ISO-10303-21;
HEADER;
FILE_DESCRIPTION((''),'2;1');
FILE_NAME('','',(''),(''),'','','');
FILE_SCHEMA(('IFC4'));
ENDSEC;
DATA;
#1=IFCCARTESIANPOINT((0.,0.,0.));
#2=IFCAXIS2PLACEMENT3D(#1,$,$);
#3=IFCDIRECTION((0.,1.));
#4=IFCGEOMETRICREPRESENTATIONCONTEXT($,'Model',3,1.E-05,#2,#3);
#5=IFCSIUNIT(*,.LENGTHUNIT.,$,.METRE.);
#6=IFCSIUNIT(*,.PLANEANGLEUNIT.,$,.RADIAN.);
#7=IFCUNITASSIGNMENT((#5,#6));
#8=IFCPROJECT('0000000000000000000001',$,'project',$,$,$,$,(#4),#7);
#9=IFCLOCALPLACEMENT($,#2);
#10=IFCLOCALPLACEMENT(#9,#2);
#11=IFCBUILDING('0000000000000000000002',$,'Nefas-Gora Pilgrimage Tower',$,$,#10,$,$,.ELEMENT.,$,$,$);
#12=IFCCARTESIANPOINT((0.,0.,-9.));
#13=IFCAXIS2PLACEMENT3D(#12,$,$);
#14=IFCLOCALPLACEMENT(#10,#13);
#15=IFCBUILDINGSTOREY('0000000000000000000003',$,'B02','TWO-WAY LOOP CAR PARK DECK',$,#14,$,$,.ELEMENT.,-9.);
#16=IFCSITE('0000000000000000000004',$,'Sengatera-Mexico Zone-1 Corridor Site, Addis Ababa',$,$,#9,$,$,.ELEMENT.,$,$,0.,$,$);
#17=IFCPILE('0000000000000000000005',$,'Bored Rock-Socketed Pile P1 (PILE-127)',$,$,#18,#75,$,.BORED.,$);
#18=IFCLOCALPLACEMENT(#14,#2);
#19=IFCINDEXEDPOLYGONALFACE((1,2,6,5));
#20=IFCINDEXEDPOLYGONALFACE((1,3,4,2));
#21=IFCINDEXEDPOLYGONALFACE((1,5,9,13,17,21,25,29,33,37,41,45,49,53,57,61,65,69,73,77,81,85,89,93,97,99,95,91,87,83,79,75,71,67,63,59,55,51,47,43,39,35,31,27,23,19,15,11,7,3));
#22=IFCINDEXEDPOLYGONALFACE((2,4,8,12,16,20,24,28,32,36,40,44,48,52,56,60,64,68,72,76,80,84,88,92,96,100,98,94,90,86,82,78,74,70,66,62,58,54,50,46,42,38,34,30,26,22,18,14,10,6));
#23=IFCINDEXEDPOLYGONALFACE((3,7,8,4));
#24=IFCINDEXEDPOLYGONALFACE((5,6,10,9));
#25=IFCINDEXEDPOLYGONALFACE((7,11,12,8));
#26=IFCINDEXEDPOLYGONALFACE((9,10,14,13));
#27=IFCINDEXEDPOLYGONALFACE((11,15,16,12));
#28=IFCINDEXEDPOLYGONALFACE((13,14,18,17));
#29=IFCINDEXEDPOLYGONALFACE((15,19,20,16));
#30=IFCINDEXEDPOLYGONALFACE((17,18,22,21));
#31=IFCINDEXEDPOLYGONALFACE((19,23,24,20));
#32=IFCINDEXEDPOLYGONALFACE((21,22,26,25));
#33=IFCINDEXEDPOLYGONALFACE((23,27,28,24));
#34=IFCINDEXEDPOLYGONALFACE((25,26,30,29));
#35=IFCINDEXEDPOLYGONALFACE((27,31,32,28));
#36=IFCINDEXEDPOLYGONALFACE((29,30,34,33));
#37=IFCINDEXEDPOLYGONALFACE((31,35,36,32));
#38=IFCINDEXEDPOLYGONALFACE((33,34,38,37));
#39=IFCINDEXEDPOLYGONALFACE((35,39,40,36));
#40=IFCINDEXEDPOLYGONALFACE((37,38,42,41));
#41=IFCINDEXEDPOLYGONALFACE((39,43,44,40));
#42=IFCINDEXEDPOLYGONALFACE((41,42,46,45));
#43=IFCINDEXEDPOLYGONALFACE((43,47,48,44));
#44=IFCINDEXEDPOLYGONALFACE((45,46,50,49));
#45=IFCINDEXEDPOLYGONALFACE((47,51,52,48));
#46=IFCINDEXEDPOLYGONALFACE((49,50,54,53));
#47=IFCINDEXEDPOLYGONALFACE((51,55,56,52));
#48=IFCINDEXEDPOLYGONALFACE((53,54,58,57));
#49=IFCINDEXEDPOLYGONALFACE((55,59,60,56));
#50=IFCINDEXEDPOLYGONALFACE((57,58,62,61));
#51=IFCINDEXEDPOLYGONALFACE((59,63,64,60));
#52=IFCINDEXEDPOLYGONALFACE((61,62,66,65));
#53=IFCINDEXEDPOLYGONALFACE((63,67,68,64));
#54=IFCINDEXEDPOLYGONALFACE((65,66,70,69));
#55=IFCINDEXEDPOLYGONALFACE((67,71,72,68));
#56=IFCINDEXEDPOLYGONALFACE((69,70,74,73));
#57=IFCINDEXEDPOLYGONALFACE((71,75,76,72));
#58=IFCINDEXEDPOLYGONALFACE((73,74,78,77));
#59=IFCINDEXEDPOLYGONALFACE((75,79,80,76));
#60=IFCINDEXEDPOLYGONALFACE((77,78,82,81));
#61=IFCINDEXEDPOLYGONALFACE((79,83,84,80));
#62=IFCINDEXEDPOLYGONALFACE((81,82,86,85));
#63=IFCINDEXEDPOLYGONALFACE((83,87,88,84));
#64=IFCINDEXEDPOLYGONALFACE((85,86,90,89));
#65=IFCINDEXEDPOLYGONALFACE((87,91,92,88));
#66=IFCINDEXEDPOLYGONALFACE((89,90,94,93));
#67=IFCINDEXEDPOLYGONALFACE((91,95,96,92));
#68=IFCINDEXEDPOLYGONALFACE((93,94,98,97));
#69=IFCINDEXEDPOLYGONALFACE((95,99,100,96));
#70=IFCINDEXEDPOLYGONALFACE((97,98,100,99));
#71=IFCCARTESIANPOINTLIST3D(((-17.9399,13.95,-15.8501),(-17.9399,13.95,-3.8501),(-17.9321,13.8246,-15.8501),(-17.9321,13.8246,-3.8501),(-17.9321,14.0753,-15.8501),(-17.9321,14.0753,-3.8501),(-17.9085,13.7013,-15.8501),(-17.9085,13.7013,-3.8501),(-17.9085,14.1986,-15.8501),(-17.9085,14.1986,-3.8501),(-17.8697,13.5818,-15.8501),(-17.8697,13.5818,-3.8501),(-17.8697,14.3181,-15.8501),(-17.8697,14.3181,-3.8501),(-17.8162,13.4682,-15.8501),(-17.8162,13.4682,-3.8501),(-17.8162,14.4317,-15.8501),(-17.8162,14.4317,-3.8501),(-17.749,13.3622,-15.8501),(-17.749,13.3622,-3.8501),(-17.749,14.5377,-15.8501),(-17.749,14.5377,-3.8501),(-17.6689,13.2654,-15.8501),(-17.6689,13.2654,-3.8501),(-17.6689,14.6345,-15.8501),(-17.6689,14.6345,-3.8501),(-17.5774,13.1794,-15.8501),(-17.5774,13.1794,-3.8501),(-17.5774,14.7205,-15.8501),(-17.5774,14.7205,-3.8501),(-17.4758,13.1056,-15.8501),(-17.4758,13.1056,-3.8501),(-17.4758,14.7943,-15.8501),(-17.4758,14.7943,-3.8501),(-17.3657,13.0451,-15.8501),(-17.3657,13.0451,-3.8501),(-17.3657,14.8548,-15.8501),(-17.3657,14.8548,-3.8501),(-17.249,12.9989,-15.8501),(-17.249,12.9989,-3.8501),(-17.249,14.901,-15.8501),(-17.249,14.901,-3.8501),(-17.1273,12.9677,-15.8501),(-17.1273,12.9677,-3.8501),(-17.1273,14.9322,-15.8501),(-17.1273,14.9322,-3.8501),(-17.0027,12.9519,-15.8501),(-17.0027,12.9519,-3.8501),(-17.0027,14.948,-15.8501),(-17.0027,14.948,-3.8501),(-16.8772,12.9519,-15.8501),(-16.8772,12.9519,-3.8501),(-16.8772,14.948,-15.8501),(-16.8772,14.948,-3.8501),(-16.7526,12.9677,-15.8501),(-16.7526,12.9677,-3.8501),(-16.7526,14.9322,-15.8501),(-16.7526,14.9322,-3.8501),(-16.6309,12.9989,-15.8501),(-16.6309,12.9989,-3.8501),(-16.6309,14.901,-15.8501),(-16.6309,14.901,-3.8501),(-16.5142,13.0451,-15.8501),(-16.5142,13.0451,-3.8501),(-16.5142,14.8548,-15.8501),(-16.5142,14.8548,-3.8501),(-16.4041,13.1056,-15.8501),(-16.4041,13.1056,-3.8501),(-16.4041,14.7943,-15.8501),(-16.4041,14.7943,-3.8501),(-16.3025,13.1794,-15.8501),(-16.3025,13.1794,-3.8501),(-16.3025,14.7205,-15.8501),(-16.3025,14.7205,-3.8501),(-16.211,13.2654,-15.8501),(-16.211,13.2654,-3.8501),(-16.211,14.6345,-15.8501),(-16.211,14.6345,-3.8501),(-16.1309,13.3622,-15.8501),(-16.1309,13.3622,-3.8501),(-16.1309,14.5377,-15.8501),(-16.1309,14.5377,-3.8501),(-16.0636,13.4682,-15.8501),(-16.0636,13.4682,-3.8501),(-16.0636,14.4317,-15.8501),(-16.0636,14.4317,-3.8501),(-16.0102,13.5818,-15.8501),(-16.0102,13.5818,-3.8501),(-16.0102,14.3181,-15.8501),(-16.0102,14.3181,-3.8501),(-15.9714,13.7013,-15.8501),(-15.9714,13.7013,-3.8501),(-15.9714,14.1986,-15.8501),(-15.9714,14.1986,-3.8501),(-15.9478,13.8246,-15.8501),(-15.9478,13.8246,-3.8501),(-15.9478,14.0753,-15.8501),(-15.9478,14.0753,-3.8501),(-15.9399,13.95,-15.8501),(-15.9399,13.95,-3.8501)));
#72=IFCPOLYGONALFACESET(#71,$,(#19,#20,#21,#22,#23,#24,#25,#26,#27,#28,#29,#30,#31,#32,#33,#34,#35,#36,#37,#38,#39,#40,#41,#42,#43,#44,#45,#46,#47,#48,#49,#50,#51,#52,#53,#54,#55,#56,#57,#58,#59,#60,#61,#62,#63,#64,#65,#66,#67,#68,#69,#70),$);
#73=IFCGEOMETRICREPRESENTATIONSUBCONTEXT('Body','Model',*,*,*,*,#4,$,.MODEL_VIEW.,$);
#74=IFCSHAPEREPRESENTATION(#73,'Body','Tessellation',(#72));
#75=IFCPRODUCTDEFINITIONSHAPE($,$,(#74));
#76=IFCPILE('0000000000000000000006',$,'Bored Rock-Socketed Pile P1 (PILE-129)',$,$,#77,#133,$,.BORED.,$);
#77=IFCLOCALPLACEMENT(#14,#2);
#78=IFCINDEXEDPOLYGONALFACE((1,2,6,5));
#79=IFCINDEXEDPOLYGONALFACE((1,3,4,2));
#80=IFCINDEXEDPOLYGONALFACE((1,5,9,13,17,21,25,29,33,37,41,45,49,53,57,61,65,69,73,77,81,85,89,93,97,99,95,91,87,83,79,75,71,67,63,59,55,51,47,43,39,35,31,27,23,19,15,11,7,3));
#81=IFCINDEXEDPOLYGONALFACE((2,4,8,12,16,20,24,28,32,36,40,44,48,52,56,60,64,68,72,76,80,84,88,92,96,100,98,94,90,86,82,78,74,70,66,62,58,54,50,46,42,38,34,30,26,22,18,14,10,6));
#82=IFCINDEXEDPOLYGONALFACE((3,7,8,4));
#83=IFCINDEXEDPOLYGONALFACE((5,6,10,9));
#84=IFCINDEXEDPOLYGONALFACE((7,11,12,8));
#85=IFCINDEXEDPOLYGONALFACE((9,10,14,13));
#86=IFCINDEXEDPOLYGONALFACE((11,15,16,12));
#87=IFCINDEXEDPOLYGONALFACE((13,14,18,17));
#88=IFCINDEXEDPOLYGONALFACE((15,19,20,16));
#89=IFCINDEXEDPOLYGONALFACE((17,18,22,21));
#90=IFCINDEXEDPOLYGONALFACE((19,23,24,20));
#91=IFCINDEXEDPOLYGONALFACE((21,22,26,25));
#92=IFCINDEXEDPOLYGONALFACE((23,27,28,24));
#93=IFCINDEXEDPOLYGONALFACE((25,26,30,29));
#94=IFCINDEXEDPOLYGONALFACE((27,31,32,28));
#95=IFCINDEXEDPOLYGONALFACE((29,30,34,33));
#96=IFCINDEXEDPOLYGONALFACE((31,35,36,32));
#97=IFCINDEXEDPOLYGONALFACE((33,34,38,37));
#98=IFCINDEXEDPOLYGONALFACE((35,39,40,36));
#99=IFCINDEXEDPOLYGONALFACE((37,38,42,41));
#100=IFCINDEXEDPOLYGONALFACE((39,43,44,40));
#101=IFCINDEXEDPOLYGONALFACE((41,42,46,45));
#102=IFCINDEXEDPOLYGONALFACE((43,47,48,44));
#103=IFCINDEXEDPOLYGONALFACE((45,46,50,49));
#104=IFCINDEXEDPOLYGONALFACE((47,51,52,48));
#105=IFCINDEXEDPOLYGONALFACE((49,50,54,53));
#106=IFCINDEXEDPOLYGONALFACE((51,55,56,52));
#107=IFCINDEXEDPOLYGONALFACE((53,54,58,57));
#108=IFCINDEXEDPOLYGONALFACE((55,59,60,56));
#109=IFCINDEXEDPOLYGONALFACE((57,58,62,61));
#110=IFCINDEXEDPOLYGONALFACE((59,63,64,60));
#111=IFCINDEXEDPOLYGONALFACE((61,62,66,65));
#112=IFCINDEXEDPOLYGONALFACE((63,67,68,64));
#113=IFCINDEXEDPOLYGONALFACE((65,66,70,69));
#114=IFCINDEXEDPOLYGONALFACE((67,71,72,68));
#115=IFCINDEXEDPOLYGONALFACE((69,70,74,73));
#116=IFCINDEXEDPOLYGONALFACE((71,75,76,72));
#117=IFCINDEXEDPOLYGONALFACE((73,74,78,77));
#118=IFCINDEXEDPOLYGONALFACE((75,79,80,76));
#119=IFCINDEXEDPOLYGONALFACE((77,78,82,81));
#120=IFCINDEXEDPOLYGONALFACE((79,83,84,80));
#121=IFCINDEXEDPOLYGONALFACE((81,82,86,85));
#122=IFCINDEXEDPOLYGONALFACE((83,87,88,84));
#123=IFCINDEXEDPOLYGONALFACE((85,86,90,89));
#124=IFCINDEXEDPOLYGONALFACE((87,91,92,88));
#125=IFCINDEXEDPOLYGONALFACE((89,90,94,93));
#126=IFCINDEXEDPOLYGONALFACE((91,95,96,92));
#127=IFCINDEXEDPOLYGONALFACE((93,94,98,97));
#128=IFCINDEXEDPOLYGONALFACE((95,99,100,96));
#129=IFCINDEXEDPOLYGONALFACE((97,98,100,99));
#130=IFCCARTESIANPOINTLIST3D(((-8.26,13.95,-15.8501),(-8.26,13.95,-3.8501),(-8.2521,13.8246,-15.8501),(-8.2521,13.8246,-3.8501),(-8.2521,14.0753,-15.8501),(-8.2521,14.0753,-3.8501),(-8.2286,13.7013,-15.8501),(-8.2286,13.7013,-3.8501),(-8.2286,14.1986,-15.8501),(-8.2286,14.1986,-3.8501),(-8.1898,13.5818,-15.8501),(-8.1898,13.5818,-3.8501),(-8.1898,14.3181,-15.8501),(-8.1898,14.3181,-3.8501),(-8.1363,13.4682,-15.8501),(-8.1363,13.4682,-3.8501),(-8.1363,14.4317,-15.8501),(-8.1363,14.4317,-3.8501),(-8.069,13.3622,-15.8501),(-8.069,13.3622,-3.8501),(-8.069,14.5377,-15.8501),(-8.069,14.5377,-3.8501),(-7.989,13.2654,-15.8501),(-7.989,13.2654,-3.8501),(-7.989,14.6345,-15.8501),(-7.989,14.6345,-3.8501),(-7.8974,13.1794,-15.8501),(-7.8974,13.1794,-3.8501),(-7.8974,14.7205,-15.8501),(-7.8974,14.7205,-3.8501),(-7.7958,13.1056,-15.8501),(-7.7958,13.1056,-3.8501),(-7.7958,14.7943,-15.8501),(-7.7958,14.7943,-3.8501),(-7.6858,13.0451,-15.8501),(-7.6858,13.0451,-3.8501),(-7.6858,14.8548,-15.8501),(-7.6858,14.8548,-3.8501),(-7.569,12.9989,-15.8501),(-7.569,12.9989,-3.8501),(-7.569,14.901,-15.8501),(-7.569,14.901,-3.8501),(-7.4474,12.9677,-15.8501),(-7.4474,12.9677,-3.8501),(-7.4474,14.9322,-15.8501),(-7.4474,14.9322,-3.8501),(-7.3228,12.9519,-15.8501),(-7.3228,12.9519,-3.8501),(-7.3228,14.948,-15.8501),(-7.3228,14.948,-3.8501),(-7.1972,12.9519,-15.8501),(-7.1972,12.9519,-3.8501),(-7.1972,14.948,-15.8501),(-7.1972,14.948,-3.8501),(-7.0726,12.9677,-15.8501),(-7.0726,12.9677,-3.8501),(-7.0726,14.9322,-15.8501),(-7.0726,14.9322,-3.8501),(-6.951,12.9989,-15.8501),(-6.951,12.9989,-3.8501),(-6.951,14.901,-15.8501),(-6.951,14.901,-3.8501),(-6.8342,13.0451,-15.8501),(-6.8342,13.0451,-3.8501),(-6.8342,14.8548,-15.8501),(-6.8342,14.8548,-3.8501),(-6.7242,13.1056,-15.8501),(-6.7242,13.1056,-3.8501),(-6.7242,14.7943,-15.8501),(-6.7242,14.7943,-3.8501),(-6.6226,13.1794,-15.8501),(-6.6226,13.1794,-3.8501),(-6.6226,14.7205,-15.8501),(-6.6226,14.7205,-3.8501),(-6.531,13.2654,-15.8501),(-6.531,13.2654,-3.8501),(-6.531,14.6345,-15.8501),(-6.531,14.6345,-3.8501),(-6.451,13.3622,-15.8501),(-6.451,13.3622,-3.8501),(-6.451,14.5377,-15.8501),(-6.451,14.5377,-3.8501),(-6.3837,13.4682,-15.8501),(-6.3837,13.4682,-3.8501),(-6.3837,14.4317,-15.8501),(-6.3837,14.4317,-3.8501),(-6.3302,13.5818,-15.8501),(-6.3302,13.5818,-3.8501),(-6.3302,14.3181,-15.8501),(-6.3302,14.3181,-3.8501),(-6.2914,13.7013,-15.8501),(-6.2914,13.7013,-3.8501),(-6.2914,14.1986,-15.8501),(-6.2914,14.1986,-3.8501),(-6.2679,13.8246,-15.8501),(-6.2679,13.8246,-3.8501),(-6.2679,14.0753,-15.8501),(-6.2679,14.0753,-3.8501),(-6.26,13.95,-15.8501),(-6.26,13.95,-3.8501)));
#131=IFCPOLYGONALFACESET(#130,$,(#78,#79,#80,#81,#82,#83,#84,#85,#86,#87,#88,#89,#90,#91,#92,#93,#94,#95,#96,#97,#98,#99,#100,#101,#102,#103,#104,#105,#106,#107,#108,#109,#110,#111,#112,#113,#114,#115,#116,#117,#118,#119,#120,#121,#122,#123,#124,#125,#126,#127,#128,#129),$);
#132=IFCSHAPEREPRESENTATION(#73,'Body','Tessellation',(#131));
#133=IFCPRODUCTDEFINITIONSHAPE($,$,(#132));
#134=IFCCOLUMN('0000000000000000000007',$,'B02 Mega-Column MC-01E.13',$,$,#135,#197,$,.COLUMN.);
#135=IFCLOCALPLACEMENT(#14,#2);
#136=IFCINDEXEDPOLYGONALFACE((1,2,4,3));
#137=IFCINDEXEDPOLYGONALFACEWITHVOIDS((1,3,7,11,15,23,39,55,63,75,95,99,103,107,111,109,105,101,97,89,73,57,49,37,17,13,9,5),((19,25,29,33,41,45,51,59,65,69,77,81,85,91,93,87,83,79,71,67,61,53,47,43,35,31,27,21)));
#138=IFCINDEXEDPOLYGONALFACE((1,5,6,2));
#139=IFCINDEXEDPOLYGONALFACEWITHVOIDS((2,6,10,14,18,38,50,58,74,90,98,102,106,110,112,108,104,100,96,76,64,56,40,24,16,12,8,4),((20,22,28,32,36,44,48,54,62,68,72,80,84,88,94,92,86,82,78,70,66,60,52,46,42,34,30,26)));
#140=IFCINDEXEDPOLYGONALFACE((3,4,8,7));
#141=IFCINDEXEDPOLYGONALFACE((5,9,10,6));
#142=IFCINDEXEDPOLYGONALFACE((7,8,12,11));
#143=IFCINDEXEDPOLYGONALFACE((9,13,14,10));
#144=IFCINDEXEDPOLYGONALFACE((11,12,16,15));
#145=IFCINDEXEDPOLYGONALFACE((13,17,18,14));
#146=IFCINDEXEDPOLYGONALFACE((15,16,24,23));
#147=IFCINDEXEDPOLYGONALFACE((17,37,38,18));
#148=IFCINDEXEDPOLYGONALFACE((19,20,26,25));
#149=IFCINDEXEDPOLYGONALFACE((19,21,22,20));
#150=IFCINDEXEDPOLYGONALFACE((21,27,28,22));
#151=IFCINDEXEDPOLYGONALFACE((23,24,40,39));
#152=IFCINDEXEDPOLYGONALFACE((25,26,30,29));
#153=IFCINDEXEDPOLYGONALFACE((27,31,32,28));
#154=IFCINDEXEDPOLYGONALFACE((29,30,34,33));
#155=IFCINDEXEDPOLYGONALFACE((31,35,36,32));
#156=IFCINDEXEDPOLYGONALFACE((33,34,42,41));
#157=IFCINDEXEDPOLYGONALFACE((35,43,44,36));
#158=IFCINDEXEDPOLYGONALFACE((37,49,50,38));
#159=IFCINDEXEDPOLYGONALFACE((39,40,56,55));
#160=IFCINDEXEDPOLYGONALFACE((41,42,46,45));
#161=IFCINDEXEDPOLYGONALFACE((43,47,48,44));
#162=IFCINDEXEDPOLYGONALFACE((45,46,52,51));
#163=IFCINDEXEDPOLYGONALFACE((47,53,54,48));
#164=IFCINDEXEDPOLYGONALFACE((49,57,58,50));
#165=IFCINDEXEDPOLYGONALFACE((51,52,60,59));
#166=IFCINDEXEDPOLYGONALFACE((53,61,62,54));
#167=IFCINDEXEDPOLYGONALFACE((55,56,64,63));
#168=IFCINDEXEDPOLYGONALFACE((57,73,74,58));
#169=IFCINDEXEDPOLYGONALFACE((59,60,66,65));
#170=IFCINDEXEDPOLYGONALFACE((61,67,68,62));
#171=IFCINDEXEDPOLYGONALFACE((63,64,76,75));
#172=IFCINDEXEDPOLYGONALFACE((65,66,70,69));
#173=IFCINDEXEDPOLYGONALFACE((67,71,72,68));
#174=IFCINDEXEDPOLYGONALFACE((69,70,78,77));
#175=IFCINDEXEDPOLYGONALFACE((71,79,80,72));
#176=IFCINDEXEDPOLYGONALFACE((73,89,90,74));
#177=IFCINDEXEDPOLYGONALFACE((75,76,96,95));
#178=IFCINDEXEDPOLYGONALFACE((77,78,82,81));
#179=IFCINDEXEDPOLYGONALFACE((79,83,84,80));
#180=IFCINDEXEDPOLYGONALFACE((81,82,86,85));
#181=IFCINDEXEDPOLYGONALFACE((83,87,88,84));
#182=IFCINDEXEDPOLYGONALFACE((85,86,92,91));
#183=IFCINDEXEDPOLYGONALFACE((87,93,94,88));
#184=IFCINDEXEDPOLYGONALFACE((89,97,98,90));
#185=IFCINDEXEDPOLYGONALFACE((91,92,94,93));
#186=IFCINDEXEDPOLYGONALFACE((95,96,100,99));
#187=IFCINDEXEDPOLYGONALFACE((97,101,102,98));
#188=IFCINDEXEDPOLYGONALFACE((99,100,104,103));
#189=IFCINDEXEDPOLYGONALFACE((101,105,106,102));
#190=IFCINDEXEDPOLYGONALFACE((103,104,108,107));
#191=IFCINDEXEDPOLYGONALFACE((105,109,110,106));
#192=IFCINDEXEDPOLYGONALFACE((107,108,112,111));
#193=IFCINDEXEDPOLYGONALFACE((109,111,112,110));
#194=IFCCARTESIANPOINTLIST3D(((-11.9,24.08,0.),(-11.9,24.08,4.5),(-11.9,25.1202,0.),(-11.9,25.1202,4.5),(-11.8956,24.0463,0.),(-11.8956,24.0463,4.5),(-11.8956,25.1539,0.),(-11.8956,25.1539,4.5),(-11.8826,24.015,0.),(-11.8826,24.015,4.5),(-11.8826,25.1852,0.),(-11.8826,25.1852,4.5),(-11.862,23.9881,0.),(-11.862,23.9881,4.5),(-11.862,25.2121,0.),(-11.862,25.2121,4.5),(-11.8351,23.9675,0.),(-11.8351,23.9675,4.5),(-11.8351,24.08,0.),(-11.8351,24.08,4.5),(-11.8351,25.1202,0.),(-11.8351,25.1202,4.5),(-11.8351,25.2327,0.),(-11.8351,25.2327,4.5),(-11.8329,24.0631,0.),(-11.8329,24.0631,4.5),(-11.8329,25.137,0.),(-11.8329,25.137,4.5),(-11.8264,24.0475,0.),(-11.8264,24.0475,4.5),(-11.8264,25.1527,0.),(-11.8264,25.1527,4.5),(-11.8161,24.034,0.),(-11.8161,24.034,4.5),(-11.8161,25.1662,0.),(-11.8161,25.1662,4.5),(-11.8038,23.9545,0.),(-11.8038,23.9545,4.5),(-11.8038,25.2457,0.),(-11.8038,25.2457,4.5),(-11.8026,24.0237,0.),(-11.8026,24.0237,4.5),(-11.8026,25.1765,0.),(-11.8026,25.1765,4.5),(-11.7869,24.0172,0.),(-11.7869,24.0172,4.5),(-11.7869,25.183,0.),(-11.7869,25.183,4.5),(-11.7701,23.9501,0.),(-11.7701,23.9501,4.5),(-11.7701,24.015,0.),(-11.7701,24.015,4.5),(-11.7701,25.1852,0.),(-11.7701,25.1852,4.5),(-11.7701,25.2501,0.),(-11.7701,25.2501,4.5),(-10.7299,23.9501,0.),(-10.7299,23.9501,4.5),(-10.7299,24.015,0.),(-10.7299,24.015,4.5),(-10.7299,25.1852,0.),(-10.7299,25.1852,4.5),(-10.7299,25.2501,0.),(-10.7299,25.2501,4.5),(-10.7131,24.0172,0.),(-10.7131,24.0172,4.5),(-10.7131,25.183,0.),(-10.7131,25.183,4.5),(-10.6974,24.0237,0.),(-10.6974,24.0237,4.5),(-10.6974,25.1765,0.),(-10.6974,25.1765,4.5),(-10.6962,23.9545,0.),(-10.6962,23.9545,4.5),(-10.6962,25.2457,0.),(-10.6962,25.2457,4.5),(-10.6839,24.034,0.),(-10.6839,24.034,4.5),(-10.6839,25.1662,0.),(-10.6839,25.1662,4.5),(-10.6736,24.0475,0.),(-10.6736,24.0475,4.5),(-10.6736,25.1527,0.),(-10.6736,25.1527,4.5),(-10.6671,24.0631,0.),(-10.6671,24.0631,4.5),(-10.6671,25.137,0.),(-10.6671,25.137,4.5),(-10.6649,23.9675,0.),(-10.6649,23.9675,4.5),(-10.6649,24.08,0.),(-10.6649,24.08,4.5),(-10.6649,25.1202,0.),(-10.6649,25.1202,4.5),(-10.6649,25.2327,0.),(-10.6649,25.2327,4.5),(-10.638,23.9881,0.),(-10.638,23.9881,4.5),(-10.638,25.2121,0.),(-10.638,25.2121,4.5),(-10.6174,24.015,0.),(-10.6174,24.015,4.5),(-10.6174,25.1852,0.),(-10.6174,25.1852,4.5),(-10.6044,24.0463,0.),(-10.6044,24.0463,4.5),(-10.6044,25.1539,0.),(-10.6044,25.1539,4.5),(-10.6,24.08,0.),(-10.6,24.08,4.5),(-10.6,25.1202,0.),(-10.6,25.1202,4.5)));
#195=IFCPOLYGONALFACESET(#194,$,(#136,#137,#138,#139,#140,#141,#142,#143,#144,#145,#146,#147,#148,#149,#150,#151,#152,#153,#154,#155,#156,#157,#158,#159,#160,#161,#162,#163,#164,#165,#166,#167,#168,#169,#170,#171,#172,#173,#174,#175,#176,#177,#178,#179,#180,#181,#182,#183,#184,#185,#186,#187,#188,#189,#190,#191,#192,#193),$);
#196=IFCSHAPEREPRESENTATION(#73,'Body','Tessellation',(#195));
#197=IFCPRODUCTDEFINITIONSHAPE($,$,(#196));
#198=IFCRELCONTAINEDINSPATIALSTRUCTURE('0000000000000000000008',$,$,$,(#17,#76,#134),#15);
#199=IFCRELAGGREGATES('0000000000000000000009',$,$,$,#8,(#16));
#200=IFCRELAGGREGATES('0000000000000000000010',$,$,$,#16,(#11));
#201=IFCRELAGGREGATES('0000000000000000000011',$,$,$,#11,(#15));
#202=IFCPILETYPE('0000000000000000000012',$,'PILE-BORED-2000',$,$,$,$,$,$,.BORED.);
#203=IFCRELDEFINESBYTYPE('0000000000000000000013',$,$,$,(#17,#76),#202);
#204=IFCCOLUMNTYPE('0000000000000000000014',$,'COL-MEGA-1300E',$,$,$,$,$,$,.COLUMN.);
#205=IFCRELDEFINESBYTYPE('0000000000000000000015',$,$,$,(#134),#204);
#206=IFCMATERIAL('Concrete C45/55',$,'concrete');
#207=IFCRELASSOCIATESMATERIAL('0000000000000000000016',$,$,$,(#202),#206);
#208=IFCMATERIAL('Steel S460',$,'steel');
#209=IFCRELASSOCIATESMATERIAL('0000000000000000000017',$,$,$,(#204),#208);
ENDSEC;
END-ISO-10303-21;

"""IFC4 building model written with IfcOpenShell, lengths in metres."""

from ifc_helpers import new_model, si_unit, direction, frame, origin, origin_2d, place, context, subcontext, project, spatial, hollow_rectangle, circle, extrude, source, transform, mapped, material, material_profile, profile_set, type_object, element, save


model = new_model("IFC4")

# Units and contexts
model_context = context("Model", 3, precision=1e-05, world=origin(), true_north=direction((0.0, 1.0)))
body_context = subcontext(model_context, "Body", "Model", "MODEL_VIEW")
ifc_project = project(units=[si_unit("LENGTHUNIT", "METRE"), si_unit("PLANEANGLEUNIT", "RADIAN")], contexts=[model_context])

# Site, building, storey
site_placement = place(None, origin())
site = spatial("IfcSite", under=ifc_project, at=site_placement, Name="Sengatera-Mexico Zone-1 Corridor Site, Addis Ababa", CompositionType="ELEMENT", RefElevation=0.0)
building_placement = place(site_placement, origin())
building = spatial("IfcBuilding", under=site, at=building_placement, Name="Nefas-Gora Pilgrimage Tower", CompositionType="ELEMENT")
storey_placement = place(building_placement, frame((0.0, 0.0, -9.0)))
storey = spatial("IfcBuildingStorey", under=building, at=storey_placement, Name="B02", Description="TWO-WAY LOOP CAR PARK DECK", CompositionType="ELEMENT", Elevation=-9.0)

# Piles
ifc_material_1 = material(Name="Concrete C45/55", Category="concrete")
ifc_material_profile_1 = material_profile(ifc_material_1, circle(Radius=1.0, at=origin_2d()), Name="PILE D2000")
ifc_profile_set_1 = profile_set([ifc_material_profile_1], Name="Concrete C45/55")
pile_type_1 = type_object("IfcPileType", Name="PILE-BORED-2000", PredefinedType="BORED", material=ifc_profile_set_1)
shared_shape_1 = source(origin(), body_context, "Body", "SweptSolid", [
    extrude(circle(Radius=1.0, at=origin_2d()), origin(), (0.0, 0.0, 1.0), 12.0),
])
for number, where, z_axis, x_axis, name in (
    (1, (-16.9399, 13.95, -3.8501), (0.0, 0.0, -1.0), (1.0, 0.0, 0.0), "Bored Rock-Socketed Pile P1 (PILE-127)"),
    (2, (-7.26, 13.95, -3.8501), (0.0, 0.0, -1.0), (1.0, 0.0, 0.0), "Bored Rock-Socketed Pile P1 (PILE-129)"),
):
    element("IfcPile", number, at=place(storey_placement, frame(where, z_axis=z_axis, x_axis=x_axis)), inside=storey, type_object=pile_type_1, Name=name, PredefinedType="BORED", context=body_context, shape_type="MappedRepresentation", body=[
        mapped(shared_shape_1, transform((0.0, 0.0, 0.0), x_axis=(1.0, 0.0, 0.0), y_axis=(0.0, 1.0, 0.0), z_axis=(0.0, 0.0, 1.0), scale=1.0)),
    ])

# Column
ifc_material_2 = material(Name="Steel S460", Category="steel")
ifc_material_profile_2 = material_profile(ifc_material_2, hollow_rectangle(XDim=1.3, YDim=1.3, WallThickness=0.0649, InnerFilletRadius=0.0649, OuterFilletRadius=0.1299, at=origin_2d()), Name="BOX 1300x1300x65")
ifc_profile_set_2 = profile_set([ifc_material_profile_2], Name="Steel S460")
column_type_1 = type_object("IfcColumnType", Name="COL-MEGA-1300E", PredefinedType="COLUMN", material=ifc_profile_set_2)
shared_shape_2 = source(origin(), body_context, "Body", "SweptSolid", [
    extrude(hollow_rectangle(XDim=1.3, YDim=1.3, WallThickness=0.0649, InnerFilletRadius=0.0649, OuterFilletRadius=0.1299, at=origin_2d()), origin(), (0.0, 0.0, 1.0), 4.5),
])
column_1_placement = place(storey_placement, frame((-11.25, 24.6001, 0.0), z_axis=(0.0, 0.0, 1.0), x_axis=(1.0, 0.0, 0.0)))
element("IfcColumn", 3, at=column_1_placement, inside=storey, type_object=column_type_1, Name="B02 Mega-Column MC-01E.13", PredefinedType="COLUMN", context=body_context, shape_type="MappedRepresentation", body=[
    mapped(shared_shape_2, transform((0.0, 0.0, 0.0), x_axis=(1.0, 0.0, 0.0), y_axis=(0.0, 1.0, 0.0), z_axis=(0.0, 0.0, 1.0), scale=1.0)),
])

save(model, "model.ifc")
